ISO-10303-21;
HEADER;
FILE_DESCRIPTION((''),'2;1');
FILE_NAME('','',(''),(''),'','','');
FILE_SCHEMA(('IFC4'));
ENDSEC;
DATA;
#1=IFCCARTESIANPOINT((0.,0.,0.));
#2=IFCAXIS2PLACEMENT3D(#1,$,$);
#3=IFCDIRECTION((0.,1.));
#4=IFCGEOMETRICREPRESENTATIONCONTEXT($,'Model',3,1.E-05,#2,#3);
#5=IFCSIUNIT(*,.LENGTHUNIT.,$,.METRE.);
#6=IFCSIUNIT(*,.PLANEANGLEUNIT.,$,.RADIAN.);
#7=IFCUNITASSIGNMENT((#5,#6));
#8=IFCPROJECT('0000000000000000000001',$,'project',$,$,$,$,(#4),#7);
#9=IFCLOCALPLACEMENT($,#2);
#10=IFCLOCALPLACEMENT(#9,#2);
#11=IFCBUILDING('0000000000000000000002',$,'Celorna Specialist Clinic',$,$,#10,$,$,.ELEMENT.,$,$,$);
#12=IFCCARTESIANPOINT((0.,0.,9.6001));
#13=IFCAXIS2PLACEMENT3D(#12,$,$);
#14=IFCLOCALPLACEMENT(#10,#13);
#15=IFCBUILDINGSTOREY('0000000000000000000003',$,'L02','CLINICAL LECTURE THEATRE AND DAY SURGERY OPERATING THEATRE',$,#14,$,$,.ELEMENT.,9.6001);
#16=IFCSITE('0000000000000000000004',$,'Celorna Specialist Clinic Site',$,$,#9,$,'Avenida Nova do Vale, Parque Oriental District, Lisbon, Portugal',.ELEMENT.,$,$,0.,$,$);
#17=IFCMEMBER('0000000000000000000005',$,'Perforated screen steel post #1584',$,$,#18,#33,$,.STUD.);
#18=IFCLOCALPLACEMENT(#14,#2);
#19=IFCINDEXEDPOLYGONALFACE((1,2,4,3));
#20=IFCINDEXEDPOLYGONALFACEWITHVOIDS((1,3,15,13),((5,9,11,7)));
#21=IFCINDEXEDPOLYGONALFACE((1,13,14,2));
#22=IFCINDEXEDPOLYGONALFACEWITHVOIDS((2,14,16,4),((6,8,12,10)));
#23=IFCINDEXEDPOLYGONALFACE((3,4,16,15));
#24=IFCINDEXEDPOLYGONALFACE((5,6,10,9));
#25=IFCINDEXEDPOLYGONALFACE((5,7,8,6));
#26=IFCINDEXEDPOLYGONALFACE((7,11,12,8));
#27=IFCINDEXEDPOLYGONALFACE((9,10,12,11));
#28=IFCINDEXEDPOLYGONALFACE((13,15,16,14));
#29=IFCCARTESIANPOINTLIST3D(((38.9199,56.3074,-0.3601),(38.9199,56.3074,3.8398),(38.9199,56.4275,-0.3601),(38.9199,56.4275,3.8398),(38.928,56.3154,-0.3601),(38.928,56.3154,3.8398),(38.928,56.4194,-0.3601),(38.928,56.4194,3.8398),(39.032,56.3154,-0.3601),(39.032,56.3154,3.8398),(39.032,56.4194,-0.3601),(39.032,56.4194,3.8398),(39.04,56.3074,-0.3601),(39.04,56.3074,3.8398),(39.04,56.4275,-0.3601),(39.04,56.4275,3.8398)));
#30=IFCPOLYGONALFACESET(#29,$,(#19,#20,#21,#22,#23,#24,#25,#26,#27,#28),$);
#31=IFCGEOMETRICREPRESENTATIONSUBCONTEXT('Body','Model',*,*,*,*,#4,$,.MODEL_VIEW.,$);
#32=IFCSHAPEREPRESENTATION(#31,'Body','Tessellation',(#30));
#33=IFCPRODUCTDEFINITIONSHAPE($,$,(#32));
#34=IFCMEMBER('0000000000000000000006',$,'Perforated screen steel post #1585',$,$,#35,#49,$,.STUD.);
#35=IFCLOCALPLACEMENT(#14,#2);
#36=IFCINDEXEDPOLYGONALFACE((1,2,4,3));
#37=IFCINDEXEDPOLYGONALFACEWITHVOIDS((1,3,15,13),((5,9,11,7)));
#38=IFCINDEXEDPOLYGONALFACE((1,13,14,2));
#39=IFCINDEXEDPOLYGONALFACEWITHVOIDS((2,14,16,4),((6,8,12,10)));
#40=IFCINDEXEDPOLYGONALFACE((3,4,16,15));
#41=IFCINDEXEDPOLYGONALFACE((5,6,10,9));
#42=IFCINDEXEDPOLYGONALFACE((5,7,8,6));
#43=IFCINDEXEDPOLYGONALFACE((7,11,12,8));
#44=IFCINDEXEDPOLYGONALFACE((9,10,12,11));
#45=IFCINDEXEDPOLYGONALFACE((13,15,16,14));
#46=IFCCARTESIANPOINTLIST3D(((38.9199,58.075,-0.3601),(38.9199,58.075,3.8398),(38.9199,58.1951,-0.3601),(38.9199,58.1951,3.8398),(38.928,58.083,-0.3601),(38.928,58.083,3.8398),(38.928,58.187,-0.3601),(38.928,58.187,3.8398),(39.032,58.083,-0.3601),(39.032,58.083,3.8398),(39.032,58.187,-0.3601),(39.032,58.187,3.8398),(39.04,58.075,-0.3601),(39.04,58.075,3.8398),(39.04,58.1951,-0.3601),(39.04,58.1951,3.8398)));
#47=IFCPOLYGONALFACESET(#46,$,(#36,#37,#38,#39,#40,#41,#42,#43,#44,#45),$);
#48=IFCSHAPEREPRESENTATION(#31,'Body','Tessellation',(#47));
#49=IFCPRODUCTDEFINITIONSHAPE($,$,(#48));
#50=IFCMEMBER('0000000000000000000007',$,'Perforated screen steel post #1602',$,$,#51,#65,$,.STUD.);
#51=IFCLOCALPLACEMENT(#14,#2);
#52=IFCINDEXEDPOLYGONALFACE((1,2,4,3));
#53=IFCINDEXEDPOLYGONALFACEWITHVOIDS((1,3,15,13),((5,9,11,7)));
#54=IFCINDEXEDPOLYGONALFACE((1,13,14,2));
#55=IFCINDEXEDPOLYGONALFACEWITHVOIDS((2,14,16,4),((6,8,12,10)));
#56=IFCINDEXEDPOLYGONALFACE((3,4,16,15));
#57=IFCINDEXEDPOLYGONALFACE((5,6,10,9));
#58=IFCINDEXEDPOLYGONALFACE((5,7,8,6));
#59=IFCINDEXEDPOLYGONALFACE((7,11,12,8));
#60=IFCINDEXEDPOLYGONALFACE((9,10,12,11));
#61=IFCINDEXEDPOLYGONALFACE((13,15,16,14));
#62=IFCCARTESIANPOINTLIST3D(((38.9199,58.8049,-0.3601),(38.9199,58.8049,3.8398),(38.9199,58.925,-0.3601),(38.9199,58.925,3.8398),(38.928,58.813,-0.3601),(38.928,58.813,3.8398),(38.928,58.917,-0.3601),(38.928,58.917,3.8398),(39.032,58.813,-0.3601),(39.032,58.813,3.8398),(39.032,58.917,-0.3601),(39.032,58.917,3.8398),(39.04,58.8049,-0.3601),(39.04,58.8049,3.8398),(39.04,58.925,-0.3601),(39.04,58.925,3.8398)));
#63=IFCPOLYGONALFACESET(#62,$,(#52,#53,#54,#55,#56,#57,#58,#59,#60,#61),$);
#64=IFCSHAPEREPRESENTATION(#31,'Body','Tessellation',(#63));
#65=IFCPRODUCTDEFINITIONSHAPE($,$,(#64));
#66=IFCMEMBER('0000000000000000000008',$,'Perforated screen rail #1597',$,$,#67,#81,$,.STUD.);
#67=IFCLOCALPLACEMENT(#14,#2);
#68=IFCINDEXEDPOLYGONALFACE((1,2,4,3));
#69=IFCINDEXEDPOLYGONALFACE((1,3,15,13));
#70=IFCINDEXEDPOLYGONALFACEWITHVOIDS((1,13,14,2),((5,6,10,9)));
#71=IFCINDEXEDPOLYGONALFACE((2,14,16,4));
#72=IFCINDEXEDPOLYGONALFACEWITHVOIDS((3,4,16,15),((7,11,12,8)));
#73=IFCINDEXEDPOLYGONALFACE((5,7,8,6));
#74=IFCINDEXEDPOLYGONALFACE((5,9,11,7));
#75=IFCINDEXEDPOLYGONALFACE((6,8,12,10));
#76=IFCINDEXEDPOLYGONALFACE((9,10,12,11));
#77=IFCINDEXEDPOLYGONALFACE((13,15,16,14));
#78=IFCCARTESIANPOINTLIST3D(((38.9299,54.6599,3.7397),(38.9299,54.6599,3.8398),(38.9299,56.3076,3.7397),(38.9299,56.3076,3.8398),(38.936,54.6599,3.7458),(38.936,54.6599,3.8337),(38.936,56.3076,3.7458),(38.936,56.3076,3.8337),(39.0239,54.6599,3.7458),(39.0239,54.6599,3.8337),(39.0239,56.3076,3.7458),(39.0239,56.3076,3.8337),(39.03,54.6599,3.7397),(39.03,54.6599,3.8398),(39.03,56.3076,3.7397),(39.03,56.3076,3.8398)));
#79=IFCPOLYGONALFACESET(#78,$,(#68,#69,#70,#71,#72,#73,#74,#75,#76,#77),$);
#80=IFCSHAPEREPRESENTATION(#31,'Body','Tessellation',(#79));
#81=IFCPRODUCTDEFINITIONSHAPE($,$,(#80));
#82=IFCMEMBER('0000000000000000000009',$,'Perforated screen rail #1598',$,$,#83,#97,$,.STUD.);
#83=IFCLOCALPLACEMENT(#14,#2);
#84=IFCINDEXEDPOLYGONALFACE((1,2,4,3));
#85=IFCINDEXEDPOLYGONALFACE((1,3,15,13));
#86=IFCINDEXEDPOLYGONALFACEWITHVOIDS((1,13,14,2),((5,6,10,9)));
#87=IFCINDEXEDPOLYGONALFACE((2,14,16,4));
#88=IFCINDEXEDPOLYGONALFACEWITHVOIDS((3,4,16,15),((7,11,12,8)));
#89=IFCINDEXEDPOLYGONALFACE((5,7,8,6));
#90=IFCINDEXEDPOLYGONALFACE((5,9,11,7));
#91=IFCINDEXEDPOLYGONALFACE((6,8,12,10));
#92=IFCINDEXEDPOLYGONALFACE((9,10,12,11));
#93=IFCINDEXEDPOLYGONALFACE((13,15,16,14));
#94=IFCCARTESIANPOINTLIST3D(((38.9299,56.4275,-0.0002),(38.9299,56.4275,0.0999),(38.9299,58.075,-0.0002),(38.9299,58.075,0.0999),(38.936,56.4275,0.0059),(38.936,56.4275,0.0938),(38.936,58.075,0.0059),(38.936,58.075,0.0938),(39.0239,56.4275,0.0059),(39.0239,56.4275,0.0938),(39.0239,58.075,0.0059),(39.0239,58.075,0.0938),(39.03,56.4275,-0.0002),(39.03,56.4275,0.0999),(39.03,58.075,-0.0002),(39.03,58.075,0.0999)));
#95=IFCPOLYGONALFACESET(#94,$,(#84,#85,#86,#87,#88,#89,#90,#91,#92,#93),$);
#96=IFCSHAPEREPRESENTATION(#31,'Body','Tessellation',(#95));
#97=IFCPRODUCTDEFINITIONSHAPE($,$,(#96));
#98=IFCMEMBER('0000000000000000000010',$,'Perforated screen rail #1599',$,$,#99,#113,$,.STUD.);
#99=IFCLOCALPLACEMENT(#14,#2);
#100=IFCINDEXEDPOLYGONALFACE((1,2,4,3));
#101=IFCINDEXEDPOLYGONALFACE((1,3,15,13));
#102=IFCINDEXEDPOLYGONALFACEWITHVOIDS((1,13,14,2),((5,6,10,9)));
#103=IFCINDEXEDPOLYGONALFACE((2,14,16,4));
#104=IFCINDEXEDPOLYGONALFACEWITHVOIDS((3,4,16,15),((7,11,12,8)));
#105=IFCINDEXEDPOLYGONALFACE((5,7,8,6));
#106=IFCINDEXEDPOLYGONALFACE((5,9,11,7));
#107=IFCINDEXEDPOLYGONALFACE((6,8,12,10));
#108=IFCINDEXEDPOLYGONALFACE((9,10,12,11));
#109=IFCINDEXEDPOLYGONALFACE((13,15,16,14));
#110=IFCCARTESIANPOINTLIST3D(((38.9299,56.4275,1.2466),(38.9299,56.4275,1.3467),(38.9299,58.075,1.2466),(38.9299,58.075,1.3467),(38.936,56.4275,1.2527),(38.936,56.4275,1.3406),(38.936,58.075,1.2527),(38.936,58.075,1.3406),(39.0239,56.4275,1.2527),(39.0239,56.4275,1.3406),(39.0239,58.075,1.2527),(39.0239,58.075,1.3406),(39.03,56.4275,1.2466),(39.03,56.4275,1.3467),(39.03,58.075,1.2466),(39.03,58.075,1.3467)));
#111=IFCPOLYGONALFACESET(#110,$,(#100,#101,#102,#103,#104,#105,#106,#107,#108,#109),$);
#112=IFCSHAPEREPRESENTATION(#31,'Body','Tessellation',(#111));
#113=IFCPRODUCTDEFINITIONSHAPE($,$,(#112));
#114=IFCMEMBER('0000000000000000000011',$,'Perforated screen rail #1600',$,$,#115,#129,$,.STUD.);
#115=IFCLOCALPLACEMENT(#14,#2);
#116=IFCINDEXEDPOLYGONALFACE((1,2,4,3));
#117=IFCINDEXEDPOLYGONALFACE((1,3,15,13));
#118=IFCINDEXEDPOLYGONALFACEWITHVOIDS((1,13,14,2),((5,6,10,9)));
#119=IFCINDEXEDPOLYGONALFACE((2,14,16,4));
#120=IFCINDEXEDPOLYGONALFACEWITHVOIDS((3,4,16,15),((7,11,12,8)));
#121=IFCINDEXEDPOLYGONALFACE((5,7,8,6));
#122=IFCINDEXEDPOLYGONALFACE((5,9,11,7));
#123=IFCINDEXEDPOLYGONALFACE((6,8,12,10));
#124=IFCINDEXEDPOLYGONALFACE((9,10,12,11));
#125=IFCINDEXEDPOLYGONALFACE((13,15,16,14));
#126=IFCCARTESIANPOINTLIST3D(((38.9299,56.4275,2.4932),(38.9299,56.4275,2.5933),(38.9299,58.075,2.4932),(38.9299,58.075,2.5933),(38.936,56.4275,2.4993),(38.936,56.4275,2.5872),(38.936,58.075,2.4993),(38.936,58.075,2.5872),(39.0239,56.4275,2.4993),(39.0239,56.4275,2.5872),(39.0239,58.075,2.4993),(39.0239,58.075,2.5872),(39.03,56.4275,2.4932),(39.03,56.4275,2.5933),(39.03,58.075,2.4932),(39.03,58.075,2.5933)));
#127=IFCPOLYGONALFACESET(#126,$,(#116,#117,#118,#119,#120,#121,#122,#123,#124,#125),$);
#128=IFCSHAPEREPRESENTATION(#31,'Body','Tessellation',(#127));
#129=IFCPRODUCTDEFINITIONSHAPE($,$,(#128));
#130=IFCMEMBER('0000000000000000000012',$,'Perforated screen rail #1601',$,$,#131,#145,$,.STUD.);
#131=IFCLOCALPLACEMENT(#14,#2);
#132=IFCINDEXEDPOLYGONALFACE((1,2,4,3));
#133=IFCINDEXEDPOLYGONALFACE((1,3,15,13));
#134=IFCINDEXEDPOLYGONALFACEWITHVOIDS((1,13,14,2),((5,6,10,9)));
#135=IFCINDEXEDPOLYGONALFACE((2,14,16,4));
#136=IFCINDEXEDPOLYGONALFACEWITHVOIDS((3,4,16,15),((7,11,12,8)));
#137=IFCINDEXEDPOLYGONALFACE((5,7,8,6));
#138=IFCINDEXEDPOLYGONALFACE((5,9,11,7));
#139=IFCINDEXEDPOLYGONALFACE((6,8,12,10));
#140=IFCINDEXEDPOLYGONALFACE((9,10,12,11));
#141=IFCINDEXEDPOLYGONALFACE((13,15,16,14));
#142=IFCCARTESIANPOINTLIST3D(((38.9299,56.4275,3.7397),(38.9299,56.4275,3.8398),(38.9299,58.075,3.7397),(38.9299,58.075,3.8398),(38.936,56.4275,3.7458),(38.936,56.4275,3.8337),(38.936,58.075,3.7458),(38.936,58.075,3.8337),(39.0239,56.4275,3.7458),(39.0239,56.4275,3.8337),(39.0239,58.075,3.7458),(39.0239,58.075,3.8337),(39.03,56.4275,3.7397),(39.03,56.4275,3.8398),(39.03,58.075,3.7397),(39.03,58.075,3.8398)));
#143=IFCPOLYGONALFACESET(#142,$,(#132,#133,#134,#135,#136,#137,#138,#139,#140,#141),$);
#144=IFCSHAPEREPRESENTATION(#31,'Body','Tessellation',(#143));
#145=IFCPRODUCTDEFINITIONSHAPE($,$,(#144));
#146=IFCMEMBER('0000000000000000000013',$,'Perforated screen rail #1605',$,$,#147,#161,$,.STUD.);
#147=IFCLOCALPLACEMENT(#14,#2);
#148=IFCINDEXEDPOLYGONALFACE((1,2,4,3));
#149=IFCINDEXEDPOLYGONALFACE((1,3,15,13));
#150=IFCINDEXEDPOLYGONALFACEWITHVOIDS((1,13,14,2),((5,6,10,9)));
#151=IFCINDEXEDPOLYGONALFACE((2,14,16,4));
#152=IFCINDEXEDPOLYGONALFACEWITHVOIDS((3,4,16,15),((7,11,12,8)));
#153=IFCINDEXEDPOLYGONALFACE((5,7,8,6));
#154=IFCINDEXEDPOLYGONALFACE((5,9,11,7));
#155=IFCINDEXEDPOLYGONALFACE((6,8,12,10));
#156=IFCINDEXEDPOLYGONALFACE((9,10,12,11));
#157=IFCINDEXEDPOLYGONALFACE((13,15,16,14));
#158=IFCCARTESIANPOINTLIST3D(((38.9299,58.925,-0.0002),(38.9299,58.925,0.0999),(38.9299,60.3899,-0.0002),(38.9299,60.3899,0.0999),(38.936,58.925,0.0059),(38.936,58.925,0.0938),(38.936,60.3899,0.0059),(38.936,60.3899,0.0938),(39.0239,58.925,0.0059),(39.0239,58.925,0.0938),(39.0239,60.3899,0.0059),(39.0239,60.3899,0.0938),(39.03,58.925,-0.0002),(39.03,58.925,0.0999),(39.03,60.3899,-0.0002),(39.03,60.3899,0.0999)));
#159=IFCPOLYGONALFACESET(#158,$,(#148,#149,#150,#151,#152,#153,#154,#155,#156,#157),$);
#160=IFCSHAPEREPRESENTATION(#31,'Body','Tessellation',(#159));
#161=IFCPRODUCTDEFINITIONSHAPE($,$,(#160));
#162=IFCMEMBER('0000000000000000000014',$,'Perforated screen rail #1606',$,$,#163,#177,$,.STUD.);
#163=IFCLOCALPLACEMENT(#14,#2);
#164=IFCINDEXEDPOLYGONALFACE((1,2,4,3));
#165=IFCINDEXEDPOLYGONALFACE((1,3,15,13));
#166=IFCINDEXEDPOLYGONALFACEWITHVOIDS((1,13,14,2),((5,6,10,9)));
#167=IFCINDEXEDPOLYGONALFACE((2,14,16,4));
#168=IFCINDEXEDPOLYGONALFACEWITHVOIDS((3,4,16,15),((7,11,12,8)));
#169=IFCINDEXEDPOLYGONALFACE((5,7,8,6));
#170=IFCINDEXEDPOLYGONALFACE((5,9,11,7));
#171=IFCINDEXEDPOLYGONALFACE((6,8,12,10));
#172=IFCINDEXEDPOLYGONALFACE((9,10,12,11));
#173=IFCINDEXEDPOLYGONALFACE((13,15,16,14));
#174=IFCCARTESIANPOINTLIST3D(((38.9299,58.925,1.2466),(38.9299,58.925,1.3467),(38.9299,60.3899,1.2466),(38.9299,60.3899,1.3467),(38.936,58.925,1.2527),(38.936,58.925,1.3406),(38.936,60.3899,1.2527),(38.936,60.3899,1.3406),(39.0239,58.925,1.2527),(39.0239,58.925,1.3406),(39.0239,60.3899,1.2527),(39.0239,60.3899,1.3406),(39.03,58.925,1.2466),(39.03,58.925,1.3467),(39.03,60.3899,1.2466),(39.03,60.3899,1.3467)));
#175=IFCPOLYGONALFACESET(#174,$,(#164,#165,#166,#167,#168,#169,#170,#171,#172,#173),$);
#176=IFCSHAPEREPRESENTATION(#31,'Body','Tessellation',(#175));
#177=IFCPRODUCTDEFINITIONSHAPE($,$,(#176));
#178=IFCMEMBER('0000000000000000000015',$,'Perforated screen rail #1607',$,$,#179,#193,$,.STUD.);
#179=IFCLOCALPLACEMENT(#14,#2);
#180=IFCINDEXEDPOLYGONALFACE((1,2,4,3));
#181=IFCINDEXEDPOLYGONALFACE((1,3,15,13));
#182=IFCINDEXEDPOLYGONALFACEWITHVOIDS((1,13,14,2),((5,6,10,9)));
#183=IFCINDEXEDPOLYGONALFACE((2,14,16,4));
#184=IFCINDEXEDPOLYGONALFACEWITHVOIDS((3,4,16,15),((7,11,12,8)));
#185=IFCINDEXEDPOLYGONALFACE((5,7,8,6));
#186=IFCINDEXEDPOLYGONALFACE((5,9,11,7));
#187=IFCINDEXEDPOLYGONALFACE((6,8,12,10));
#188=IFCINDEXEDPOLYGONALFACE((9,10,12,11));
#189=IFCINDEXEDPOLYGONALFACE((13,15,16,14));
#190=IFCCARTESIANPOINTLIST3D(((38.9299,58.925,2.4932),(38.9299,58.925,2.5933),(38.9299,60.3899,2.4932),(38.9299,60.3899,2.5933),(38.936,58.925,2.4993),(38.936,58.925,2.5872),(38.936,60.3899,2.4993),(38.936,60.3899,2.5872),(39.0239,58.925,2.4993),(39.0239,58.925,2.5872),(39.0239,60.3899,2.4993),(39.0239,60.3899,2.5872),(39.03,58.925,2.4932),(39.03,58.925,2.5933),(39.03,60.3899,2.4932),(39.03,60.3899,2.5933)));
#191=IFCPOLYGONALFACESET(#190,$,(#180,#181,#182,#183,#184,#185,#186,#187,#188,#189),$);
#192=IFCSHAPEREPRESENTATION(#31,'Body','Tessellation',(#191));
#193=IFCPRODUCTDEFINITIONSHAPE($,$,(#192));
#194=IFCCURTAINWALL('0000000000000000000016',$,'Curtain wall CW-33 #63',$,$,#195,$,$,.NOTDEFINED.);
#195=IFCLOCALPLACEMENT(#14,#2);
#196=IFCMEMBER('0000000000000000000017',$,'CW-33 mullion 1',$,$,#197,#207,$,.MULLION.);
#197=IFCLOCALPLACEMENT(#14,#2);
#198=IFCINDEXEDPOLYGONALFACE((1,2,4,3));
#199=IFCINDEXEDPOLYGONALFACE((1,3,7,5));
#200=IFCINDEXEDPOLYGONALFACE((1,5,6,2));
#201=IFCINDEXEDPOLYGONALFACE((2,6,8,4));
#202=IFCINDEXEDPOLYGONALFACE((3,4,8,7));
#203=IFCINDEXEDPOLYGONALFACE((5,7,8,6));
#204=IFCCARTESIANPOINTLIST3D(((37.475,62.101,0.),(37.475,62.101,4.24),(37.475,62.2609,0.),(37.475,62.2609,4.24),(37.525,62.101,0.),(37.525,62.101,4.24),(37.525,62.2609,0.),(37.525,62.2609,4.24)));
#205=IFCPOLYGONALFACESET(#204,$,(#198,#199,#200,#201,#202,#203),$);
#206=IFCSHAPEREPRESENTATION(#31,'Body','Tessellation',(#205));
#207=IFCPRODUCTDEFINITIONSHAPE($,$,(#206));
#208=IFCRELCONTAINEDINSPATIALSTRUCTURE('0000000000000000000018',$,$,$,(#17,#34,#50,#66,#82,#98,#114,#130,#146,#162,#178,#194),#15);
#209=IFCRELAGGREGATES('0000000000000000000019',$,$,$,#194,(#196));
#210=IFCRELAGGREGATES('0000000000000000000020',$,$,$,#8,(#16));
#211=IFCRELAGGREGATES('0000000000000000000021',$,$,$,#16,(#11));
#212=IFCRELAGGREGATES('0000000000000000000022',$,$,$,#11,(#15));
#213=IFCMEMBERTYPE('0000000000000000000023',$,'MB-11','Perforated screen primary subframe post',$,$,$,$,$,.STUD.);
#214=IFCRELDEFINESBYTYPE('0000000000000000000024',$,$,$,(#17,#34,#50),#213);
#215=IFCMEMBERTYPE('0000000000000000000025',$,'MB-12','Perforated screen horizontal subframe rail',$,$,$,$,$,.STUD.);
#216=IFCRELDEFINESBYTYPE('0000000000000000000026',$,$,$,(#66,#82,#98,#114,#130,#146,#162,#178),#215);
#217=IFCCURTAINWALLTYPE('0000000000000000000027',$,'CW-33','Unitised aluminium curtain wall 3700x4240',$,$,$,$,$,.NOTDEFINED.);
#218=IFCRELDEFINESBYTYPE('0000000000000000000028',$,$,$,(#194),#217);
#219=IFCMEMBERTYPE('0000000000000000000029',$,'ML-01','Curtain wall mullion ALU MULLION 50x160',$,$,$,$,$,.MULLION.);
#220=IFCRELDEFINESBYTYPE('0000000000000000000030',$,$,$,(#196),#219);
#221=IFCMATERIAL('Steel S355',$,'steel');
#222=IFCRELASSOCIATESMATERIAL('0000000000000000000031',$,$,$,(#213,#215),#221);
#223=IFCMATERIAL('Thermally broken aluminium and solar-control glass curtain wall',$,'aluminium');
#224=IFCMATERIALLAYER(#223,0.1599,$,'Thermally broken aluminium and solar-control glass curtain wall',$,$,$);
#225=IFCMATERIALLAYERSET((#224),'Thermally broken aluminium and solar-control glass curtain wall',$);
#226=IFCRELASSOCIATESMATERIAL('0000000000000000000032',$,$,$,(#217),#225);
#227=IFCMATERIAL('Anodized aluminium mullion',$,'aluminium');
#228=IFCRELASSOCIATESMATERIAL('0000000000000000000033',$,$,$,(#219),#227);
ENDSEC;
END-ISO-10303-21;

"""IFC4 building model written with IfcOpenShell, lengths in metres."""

from ifc_helpers import new_model, si_unit, direction, frame, origin, origin_2d, place, context, subcontext, project, spatial, rectangle, hollow_rectangle, extrude, material, layer, layer_set, material_profile, profile_set, type_object, element, aggregate, save


model = new_model("IFC4")

# Units and contexts
model_context = context("Model", 3, precision=1e-05, world=origin(), true_north=direction((0.0, 1.0)))
body_context = subcontext(model_context, "Body", "Model", "MODEL_VIEW")
ifc_project = project(units=[si_unit("LENGTHUNIT", "METRE"), si_unit("PLANEANGLEUNIT", "RADIAN")], contexts=[model_context])

# Site, building, storey
site_placement = place(None, origin())
site = spatial("IfcSite", under=ifc_project, at=site_placement, Name="Celorna Specialist Clinic Site", LongName="Avenida Nova do Vale, Parque Oriental District, Lisbon, Portugal", CompositionType="ELEMENT", RefElevation=0.0)
building_placement = place(site_placement, origin())
building = spatial("IfcBuilding", under=site, at=building_placement, Name="Celorna Specialist Clinic", CompositionType="ELEMENT")
storey_placement = place(building_placement, frame((0.0, 0.0, 9.6001)))
storey = spatial("IfcBuildingStorey", under=building, at=storey_placement, Name="L02", Description="CLINICAL LECTURE THEATRE AND DAY SURGERY OPERATING THEATRE", CompositionType="ELEMENT", Elevation=9.6001)

# Members
ifc_material_1 = material(Name="Steel S355", Category="steel")
ifc_material_profile_1 = material_profile(ifc_material_1, hollow_rectangle(XDim=0.1201, YDim=0.1201, WallThickness=0.0081, at=origin_2d()), Name="SHS 120x120x8")
ifc_profile_set_1 = profile_set([ifc_material_profile_1], Name="Steel S355")
member_type_1 = type_object("IfcMemberType", Name="MB-11", Description="Perforated screen primary subframe post", PredefinedType="STUD", material=ifc_profile_set_1)
for number, where, z_axis, x_axis, name in (
    (1, (38.98, 56.3674, -0.3601), (0.0, 0.0, 1.0), (1.0, 0.0, 0.0), "Perforated screen steel post #1584"),
    (2, (38.98, 58.135, -0.3601), (0.0, 0.0, 1.0), (1.0, 0.0, 0.0), "Perforated screen steel post #1585"),
    (3, (38.98, 58.865, -0.3601), (0.0, 0.0, 1.0), (1.0, 0.0, 0.0), "Perforated screen steel post #1602"),
):
    element("IfcMember", number, at=place(storey_placement, frame(where, z_axis=z_axis, x_axis=x_axis)), inside=storey, type_object=member_type_1, Name=name, PredefinedType="STUD", context=body_context, shape_type="SweptSolid", body=[
        extrude(hollow_rectangle(XDim=0.1201, YDim=0.1201, WallThickness=0.0081, at=origin_2d()), origin(), (0.0, 0.0, 1.0), 4.2),
    ])
ifc_material_profile_2 = material_profile(ifc_material_1, hollow_rectangle(XDim=0.1001, YDim=0.1001, WallThickness=0.0061, at=origin_2d()), Name="SHS 100x100x6")
ifc_profile_set_2 = profile_set([ifc_material_profile_2], Name="Steel S355")
member_type_2 = type_object("IfcMemberType", Name="MB-12", Description="Perforated screen horizontal subframe rail", PredefinedType="STUD", material=ifc_profile_set_2)
member_1_placement = place(storey_placement, frame((38.98, 54.6599, 3.7898), z_axis=(0.0, 1.0, 0.0), x_axis=(-1.0, 0.0, 0.0)))
element("IfcMember", 4, at=member_1_placement, inside=storey, type_object=member_type_2, Name="Perforated screen rail #1597", PredefinedType="STUD", context=body_context, shape_type="SweptSolid", body=[
    extrude(hollow_rectangle(XDim=0.1001, YDim=0.1001, WallThickness=0.0061, at=origin_2d()), origin(), (0.0, 0.0, 1.0), 1.6477),
])
for number, where, z_axis, x_axis, name in (
    (5, (38.98, 56.4275, 0.0498), (0.0, 1.0, 0.0), (-1.0, 0.0, 0.0), "Perforated screen rail #1598"),
    (6, (38.98, 56.4275, 1.2966), (0.0, 1.0, 0.0), (-1.0, 0.0, 0.0), "Perforated screen rail #1599"),
    (7, (38.98, 56.4275, 2.5432), (0.0, 1.0, 0.0), (-1.0, 0.0, 0.0), "Perforated screen rail #1600"),
    (8, (38.98, 56.4275, 3.7898), (0.0, 1.0, 0.0), (-1.0, 0.0, 0.0), "Perforated screen rail #1601"),
):
    element("IfcMember", number, at=place(storey_placement, frame(where, z_axis=z_axis, x_axis=x_axis)), inside=storey, type_object=member_type_2, Name=name, PredefinedType="STUD", context=body_context, shape_type="SweptSolid", body=[
        extrude(hollow_rectangle(XDim=0.1001, YDim=0.1001, WallThickness=0.0061, at=origin_2d()), origin(), (0.0, 0.0, 1.0), 1.6475),
    ])
for number, where, z_axis, x_axis, name in (
    (9, (38.98, 58.925, 0.0498), (0.0, 1.0, 0.0), (-1.0, 0.0, 0.0), "Perforated screen rail #1605"),
    (10, (38.98, 58.925, 1.2966), (0.0, 1.0, 0.0), (-1.0, 0.0, 0.0), "Perforated screen rail #1606"),
    (11, (38.98, 58.925, 2.5432), (0.0, 1.0, 0.0), (-1.0, 0.0, 0.0), "Perforated screen rail #1607"),
):
    element("IfcMember", number, at=place(storey_placement, frame(where, z_axis=z_axis, x_axis=x_axis)), inside=storey, type_object=member_type_2, Name=name, PredefinedType="STUD", context=body_context, shape_type="SweptSolid", body=[
        extrude(hollow_rectangle(XDim=0.1001, YDim=0.1001, WallThickness=0.0061, at=origin_2d()), origin(), (0.0, 0.0, 1.0), 1.4648),
    ])

# Curtain wall, member
ifc_material_2 = material(Name="Thermally broken aluminium and solar-control glass curtain wall", Category="aluminium")
ifc_layer_1 = layer(ifc_material_2, 0.1599, Name="Thermally broken aluminium and solar-control glass curtain wall")
ifc_layer_set_1 = layer_set([ifc_layer_1], Name="Thermally broken aluminium and solar-control glass curtain wall")
curtain_wall_type_1 = type_object("IfcCurtainWallType", Name="CW-33", Description="Unitised aluminium curtain wall 3700x4240", PredefinedType="NOTDEFINED", material=ifc_layer_set_1)
curtain_wall_1_placement = place(storey_placement, origin())
curtain_wall_1 = element("IfcCurtainWall", 12, at=curtain_wall_1_placement, inside=storey, type_object=curtain_wall_type_1, Name="Curtain wall CW-33 #63", PredefinedType="NOTDEFINED")
ifc_material_3 = material(Name="Anodized aluminium mullion", Category="aluminium")
ifc_material_profile_3 = material_profile(ifc_material_3, rectangle(XDim=0.05, YDim=0.1599, at=origin_2d()), Name="ALU MULLION 50x160")
ifc_profile_set_3 = profile_set([ifc_material_profile_3], Name="Anodized aluminium mullion")
member_type_3 = type_object("IfcMemberType", Name="ML-01", Description="Curtain wall mullion ALU MULLION 50x160", PredefinedType="MULLION", material=ifc_profile_set_3)
member_2_placement = place(storey_placement, frame((37.5, 62.1809, 0.0), z_axis=(0.0, 0.0, 1.0), x_axis=(1.0, 0.0, 0.0)))
member_2 = element("IfcMember", 13, at=member_2_placement, type_object=member_type_3, Name="CW-33 mullion 1", PredefinedType="MULLION", context=body_context, shape_type="SweptSolid", body=[
    extrude(rectangle(XDim=0.05, YDim=0.1599, at=origin_2d()), origin(), (0.0, 0.0, 1.0), 4.24),
])

aggregate(curtain_wall_1, [member_2])

save(model, "model.ifc")
